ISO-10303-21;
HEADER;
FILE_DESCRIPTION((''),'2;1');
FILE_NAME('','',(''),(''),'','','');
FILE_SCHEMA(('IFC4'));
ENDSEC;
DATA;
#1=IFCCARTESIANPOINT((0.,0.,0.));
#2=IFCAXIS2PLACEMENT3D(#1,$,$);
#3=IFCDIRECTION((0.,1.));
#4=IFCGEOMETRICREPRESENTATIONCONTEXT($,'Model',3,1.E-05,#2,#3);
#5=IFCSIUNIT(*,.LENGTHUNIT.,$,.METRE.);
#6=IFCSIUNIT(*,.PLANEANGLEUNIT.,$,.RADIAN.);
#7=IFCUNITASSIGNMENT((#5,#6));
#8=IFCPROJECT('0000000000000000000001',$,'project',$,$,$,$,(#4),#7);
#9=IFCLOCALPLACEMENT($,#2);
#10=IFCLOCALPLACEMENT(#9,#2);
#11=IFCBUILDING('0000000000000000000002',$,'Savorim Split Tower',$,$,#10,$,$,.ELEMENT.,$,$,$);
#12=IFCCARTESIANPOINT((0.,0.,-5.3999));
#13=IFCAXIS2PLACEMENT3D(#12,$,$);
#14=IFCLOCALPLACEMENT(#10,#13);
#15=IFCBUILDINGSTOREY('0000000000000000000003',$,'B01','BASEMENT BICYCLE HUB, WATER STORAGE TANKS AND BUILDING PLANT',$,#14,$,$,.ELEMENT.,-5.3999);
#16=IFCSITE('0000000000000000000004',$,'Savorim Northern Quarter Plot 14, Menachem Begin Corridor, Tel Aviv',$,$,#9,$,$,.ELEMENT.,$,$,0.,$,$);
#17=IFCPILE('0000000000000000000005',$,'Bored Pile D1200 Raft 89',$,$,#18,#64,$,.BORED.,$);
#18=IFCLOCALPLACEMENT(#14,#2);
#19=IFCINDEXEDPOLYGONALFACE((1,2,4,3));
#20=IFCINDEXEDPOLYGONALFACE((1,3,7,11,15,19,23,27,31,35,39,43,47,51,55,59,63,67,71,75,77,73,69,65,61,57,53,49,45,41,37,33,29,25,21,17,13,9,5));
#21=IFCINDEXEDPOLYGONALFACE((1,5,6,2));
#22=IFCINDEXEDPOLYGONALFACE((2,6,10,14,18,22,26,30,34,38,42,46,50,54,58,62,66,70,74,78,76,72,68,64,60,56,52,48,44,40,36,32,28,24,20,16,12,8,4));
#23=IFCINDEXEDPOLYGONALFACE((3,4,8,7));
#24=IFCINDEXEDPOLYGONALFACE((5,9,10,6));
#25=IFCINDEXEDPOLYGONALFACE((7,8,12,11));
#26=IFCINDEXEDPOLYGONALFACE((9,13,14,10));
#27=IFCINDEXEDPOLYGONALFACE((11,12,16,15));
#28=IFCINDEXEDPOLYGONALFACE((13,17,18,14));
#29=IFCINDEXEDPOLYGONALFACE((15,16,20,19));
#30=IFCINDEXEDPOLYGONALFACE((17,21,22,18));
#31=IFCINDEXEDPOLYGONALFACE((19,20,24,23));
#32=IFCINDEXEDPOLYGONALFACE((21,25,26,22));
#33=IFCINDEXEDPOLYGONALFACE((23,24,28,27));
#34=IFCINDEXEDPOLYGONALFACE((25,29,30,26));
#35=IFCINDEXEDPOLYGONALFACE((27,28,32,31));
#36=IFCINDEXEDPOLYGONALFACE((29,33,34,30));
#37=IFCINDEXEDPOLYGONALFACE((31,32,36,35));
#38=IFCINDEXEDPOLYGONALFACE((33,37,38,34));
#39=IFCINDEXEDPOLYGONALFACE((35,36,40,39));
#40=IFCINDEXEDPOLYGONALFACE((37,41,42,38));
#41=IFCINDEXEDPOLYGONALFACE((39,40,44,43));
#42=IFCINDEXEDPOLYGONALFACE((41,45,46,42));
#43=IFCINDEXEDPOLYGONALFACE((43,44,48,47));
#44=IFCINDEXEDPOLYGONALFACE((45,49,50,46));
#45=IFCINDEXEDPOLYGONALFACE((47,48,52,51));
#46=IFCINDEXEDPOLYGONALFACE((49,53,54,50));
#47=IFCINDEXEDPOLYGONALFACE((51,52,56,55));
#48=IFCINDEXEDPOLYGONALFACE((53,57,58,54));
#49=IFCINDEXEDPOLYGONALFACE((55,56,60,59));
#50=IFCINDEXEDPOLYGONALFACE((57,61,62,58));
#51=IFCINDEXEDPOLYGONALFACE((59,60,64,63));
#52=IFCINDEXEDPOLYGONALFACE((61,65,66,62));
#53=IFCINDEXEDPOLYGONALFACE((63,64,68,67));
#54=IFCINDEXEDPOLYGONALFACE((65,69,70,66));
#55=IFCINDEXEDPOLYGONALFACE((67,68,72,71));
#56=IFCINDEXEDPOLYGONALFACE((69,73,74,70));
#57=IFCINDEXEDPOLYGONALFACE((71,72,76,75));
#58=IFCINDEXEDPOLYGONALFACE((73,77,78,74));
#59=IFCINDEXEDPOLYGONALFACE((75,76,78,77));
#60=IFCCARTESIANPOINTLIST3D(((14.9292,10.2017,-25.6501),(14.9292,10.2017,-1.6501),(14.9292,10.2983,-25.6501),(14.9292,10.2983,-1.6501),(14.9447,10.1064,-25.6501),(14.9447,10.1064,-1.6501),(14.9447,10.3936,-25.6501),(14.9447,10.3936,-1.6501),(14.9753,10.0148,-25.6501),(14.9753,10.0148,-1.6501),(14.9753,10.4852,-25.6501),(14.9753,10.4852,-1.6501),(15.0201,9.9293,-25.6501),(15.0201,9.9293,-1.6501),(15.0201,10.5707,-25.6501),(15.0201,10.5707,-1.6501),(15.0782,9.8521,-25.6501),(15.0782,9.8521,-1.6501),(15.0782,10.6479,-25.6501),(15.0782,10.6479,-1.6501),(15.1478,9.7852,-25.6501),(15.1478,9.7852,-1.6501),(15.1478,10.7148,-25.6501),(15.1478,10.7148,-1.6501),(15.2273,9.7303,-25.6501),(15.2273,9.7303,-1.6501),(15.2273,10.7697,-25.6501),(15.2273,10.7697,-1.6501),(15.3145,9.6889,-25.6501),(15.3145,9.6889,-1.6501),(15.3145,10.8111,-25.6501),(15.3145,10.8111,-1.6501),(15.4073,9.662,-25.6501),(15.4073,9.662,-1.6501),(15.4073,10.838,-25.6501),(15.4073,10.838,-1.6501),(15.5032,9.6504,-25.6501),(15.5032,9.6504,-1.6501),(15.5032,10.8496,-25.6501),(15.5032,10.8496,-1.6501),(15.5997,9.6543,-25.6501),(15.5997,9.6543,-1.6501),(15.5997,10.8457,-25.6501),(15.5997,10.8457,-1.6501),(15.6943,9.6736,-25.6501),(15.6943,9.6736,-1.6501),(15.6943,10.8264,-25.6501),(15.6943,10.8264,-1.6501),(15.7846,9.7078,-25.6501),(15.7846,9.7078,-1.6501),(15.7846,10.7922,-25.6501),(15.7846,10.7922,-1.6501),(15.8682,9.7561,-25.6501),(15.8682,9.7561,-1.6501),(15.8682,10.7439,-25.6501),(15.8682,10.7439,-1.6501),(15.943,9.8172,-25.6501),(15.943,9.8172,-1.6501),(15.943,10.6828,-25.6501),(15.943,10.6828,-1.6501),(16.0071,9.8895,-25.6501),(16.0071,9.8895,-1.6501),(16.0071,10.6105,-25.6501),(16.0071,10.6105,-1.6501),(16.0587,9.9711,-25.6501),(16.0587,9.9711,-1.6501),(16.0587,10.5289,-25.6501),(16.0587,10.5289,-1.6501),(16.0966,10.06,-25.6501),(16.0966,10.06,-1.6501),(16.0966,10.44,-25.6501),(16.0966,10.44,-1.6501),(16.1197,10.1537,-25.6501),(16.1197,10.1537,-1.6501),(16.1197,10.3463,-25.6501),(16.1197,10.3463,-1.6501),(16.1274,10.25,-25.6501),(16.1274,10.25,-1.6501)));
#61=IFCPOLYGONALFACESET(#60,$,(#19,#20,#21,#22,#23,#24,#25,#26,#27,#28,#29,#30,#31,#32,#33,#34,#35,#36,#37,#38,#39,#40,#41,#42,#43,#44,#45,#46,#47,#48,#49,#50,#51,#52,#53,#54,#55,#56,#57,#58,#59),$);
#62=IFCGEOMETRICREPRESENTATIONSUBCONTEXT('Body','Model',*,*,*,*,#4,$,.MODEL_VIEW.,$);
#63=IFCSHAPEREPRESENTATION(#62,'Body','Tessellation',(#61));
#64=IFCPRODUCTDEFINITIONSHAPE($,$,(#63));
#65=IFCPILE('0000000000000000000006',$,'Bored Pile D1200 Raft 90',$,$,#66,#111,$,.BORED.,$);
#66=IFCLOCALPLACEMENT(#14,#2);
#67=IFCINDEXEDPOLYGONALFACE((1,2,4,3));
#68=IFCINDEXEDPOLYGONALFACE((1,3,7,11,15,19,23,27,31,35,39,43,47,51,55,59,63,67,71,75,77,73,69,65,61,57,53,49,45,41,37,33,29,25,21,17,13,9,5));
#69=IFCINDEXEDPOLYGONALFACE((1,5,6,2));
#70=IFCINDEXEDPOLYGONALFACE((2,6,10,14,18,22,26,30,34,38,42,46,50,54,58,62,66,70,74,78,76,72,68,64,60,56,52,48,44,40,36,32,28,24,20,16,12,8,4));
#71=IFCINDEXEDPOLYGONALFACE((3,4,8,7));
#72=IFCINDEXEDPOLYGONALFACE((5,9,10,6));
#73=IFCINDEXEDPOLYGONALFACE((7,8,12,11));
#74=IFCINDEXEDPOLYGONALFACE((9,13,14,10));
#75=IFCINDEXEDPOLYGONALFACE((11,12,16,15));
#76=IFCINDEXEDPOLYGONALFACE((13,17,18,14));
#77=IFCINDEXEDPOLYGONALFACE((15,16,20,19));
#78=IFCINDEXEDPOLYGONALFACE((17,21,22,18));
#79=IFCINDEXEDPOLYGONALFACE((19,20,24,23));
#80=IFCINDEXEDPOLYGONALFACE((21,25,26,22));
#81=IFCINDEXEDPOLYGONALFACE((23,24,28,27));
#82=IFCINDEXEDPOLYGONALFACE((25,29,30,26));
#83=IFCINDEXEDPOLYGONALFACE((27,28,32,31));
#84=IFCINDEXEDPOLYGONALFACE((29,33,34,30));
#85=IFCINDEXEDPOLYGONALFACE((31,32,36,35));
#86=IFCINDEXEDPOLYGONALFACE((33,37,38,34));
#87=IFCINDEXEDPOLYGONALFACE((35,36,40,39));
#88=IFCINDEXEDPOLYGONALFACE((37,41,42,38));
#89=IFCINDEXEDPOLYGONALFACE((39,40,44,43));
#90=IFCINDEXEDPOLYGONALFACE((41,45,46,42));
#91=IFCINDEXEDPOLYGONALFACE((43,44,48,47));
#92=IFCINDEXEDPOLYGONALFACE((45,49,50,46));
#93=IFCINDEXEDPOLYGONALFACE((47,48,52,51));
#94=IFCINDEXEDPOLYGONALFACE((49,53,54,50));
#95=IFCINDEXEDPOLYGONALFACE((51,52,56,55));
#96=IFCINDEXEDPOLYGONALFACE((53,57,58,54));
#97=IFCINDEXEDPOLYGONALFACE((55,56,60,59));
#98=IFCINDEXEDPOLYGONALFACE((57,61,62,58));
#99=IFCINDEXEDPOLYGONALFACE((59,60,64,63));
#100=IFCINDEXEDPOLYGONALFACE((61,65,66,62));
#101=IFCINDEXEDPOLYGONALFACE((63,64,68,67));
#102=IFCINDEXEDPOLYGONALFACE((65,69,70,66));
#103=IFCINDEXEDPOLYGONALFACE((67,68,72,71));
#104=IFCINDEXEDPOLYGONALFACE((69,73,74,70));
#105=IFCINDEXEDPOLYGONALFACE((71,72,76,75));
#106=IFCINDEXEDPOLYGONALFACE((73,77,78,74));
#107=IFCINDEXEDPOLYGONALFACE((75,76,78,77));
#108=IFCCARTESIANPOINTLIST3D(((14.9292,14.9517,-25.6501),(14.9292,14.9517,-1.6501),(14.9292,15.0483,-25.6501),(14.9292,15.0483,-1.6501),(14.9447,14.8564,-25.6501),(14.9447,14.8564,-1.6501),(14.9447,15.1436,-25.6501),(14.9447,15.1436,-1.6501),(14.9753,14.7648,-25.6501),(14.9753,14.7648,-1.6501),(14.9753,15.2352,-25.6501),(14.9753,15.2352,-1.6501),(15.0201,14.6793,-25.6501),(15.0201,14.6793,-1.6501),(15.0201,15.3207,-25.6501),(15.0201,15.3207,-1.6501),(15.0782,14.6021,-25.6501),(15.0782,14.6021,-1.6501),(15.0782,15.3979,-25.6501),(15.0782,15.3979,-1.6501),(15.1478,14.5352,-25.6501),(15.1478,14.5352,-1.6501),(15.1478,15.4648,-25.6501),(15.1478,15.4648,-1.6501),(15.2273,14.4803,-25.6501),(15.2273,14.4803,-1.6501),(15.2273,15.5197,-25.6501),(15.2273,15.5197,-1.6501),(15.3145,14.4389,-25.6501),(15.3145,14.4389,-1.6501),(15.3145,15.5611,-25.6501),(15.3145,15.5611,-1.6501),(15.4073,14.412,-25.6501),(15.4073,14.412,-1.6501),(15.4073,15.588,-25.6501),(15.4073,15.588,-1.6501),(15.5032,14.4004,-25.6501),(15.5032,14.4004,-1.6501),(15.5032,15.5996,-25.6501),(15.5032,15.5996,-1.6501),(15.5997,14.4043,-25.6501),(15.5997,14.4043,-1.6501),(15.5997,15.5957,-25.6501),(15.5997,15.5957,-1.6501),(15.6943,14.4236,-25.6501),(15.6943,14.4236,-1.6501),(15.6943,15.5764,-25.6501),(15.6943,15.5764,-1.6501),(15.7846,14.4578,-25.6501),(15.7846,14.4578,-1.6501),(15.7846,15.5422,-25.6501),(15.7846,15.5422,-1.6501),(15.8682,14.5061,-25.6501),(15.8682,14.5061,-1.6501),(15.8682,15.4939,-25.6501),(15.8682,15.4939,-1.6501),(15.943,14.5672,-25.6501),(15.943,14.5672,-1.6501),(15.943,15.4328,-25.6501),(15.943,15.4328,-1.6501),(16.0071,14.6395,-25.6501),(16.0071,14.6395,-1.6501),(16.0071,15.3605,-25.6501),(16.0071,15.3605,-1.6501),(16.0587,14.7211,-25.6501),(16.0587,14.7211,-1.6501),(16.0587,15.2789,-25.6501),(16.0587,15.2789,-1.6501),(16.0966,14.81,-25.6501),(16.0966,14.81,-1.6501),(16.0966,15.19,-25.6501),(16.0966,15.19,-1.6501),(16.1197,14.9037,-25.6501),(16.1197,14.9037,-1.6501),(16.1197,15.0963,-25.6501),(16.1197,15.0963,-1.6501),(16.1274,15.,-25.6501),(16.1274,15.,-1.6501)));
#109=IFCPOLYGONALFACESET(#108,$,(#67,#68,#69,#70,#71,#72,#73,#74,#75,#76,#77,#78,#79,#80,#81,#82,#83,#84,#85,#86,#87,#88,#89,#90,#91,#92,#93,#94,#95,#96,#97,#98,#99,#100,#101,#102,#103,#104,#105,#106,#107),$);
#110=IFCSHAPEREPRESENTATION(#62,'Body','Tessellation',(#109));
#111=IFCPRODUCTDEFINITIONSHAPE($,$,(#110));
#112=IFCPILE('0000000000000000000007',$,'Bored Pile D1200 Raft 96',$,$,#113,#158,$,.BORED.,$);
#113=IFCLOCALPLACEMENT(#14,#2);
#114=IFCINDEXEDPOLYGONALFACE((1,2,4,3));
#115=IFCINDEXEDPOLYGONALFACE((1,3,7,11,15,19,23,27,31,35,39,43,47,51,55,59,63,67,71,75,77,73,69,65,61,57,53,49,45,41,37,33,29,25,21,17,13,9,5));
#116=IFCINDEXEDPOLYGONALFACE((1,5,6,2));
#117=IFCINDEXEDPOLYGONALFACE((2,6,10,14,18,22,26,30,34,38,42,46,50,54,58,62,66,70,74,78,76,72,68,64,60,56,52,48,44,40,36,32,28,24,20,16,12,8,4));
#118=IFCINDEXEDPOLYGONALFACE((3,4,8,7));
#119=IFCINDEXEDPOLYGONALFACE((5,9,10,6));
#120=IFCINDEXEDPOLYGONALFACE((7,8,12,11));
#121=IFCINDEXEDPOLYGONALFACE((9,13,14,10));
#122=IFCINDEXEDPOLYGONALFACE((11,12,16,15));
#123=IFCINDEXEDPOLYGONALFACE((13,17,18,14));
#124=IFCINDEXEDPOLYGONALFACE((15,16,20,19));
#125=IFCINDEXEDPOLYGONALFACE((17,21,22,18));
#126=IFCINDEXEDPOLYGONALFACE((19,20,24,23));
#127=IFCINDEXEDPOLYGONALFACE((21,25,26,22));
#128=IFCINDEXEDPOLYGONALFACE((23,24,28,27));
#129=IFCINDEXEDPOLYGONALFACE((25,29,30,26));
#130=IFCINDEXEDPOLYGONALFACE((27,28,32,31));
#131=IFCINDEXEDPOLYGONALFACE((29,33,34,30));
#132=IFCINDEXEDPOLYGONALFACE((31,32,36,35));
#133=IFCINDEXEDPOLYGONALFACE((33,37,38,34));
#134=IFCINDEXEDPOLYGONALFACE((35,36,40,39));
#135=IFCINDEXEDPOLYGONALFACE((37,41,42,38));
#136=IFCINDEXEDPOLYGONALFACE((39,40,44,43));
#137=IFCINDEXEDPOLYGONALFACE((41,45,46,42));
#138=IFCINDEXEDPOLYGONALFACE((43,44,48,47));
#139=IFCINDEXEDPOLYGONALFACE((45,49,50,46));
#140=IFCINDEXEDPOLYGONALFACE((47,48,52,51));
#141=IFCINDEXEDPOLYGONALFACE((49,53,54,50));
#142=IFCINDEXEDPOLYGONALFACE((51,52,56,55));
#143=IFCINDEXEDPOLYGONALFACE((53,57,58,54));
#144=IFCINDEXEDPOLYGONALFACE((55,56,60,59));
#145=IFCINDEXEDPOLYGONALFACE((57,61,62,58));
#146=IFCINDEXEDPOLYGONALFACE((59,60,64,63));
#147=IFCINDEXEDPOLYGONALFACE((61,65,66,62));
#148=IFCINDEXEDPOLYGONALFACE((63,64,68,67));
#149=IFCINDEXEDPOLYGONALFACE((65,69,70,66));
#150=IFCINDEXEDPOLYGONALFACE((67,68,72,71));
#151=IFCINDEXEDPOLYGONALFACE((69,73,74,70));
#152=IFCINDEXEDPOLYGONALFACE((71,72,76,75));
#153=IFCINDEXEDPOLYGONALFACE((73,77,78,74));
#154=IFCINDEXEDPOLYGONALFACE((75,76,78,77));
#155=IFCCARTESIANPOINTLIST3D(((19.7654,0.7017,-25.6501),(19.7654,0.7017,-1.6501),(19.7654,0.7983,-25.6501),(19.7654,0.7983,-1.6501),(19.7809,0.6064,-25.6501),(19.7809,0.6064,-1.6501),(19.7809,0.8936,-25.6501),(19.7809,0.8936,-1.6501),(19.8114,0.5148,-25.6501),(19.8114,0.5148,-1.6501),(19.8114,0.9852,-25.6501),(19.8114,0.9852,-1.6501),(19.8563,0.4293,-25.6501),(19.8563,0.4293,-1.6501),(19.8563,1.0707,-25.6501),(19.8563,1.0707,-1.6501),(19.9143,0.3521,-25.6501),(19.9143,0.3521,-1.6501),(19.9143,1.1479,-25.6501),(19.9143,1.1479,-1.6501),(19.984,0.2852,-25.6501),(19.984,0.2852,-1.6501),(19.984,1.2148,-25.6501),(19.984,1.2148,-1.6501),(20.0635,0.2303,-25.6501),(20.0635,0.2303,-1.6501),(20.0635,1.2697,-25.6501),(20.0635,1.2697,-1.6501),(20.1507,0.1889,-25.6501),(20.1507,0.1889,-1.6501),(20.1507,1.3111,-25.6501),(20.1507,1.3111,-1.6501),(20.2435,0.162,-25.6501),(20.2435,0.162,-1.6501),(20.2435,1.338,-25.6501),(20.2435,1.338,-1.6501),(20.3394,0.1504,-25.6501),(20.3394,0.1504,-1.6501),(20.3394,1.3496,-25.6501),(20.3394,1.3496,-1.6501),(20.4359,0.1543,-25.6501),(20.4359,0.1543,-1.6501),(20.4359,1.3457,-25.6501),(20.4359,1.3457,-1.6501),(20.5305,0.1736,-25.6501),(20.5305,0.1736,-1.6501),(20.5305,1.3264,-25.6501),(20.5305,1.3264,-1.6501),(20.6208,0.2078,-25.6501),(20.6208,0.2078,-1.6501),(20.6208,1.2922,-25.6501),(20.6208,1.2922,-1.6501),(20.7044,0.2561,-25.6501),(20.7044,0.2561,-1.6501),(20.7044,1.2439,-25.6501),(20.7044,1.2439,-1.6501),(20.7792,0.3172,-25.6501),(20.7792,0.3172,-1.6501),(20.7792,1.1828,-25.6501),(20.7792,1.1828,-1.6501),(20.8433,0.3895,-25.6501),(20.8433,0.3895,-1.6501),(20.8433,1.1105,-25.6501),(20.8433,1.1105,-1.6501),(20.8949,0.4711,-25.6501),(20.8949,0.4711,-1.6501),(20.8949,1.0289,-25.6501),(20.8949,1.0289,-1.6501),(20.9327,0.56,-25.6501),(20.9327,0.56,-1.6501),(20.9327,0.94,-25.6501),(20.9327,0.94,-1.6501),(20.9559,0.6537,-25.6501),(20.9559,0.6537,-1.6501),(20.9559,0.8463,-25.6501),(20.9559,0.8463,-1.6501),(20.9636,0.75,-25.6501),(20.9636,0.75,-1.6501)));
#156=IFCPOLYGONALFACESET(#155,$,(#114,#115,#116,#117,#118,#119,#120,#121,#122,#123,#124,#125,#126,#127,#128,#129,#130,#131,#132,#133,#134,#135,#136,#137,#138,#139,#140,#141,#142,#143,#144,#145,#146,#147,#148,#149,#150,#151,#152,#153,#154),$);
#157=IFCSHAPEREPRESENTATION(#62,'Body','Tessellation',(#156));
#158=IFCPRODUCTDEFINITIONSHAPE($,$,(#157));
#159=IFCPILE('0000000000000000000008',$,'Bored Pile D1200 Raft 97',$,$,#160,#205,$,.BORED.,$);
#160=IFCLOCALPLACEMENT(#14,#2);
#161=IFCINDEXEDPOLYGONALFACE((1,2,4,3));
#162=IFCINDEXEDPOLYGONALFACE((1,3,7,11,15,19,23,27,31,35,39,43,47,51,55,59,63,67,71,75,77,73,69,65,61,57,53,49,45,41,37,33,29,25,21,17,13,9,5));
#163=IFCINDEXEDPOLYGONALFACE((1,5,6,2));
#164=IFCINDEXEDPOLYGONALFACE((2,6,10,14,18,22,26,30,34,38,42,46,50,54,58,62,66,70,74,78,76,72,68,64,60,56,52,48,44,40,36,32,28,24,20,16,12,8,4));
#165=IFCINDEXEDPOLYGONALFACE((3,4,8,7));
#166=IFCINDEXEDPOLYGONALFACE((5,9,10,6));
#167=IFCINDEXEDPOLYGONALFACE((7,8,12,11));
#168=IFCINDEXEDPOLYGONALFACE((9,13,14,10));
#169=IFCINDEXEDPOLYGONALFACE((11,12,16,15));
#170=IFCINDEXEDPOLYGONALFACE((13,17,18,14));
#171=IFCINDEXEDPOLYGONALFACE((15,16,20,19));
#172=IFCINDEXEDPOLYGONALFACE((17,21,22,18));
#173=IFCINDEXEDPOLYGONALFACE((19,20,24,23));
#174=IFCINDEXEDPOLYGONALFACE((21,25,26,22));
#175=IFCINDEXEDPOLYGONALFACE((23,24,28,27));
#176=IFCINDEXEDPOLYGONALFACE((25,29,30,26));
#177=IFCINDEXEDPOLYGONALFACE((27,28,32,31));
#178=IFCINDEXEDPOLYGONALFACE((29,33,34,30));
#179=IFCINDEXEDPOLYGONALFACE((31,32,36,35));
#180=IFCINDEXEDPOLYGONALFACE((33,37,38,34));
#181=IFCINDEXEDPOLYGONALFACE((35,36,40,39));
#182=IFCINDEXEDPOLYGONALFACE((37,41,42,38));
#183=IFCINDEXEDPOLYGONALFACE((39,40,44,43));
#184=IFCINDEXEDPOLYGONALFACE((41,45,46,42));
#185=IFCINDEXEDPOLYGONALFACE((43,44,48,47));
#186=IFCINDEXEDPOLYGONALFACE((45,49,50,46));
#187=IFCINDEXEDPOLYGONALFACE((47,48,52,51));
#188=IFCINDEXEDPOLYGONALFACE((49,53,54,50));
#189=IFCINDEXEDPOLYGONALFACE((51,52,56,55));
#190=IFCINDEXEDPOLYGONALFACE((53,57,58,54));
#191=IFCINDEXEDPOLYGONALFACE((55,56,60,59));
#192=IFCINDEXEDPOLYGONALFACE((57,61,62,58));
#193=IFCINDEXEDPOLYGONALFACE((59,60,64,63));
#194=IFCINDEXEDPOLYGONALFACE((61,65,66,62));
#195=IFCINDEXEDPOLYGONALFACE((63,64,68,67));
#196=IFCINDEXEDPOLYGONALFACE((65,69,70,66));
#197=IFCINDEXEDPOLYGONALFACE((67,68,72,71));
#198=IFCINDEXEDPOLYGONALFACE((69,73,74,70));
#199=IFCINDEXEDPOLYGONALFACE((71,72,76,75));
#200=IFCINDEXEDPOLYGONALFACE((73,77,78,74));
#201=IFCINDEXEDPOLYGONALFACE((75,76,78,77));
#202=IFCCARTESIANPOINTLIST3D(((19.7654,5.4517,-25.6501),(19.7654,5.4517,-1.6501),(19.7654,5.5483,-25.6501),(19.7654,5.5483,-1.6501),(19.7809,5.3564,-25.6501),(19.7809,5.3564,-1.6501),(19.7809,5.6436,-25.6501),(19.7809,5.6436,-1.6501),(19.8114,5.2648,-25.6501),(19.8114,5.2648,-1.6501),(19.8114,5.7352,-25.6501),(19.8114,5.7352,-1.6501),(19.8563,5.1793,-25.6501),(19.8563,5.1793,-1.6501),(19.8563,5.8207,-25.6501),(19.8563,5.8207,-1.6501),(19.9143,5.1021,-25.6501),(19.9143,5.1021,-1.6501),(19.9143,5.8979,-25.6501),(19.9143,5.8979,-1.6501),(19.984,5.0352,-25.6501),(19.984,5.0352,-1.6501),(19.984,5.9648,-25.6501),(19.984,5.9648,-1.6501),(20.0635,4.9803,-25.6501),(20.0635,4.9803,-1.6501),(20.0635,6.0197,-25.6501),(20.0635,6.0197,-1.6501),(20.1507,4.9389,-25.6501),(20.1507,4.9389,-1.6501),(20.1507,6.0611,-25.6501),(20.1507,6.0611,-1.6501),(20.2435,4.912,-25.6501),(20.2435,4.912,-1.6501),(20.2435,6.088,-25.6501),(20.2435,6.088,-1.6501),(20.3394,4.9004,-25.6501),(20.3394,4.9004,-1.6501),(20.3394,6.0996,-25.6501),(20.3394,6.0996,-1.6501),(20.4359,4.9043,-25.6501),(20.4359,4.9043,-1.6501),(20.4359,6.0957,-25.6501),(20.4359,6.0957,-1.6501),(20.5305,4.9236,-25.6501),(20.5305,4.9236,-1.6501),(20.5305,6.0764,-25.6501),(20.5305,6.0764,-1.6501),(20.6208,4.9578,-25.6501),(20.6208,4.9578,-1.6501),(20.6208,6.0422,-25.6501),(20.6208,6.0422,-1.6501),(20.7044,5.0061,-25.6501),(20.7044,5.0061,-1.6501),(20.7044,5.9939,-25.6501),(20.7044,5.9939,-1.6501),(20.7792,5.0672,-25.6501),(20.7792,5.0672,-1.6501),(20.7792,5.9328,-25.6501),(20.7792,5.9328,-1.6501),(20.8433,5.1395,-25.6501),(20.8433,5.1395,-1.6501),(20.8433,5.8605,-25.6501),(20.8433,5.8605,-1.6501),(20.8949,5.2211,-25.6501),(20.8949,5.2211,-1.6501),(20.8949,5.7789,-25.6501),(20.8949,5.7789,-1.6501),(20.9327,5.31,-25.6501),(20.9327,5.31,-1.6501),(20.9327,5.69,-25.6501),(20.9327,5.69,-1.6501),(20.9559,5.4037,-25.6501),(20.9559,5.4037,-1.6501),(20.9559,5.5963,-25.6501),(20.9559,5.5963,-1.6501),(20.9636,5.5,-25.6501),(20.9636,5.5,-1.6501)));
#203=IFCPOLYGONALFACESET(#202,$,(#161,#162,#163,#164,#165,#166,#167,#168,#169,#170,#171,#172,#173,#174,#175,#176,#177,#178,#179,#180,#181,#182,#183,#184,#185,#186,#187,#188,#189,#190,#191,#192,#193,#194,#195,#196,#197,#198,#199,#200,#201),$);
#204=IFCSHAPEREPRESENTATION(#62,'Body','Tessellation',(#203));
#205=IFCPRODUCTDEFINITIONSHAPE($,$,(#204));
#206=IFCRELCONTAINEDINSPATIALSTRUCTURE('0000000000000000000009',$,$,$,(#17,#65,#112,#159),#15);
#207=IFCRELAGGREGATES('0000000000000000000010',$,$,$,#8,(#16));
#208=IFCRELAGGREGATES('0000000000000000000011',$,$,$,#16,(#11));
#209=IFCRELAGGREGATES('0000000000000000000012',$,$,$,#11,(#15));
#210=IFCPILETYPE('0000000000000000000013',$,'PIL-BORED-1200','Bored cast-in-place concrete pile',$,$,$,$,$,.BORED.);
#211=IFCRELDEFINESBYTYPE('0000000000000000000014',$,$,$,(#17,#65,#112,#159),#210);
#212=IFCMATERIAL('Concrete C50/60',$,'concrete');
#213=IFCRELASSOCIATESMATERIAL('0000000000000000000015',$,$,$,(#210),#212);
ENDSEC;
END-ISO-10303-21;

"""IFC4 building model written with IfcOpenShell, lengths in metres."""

from ifc_helpers import new_model, si_unit, direction, frame, origin, origin_2d, place, context, subcontext, project, spatial, circle, extrude, material, material_profile, profile_set, type_object, element, save


model = new_model("IFC4")

# Units and contexts
model_context = context("Model", 3, precision=1e-05, world=origin(), true_north=direction((0.0, 1.0)))
body_context = subcontext(model_context, "Body", "Model", "MODEL_VIEW")
ifc_project = project(units=[si_unit("LENGTHUNIT", "METRE"), si_unit("PLANEANGLEUNIT", "RADIAN")], contexts=[model_context])

# Site, building, storey
site_placement = place(None, origin())
site = spatial("IfcSite", under=ifc_project, at=site_placement, Name="Savorim Northern Quarter Plot 14, Menachem Begin Corridor, Tel Aviv", CompositionType="ELEMENT", RefElevation=0.0)
building_placement = place(site_placement, origin())
building = spatial("IfcBuilding", under=site, at=building_placement, Name="Savorim Split Tower", CompositionType="ELEMENT")
storey_placement = place(building_placement, frame((0.0, 0.0, -5.3999)))
storey = spatial("IfcBuildingStorey", under=building, at=storey_placement, Name="B01", Description="BASEMENT BICYCLE HUB, WATER STORAGE TANKS AND BUILDING PLANT", CompositionType="ELEMENT", Elevation=-5.3999)

# Shared definitions
ifc_material_1 = material(Name="Concrete C50/60", Category="concrete")

# Piles
ifc_material_profile_1 = material_profile(ifc_material_1, circle(Radius=0.6001, at=origin_2d()), Name="PILE D1200")
ifc_profile_set_1 = profile_set([ifc_material_profile_1], Name="Concrete C50/60")
pile_type = type_object("IfcPileType", Name="PIL-BORED-1200", Description="Bored cast-in-place concrete pile", PredefinedType="BORED", material=ifc_profile_set_1)
for number, where, z_axis, x_axis, name in (
    (1, (15.5273, 10.25, -1.6501), (0.0, 0.0, -1.0), (1.0, 0.0, 0.0), "Bored Pile D1200 Raft 89"),
    (2, (15.5273, 15.0, -1.6501), (0.0, 0.0, -1.0), (1.0, 0.0, 0.0), "Bored Pile D1200 Raft 90"),
    (3, (20.3635, 0.75, -1.6501), (0.0, 0.0, -1.0), (1.0, 0.0, 0.0), "Bored Pile D1200 Raft 96"),
    (4, (20.3635, 5.5, -1.6501), (0.0, 0.0, -1.0), (1.0, 0.0, 0.0), "Bored Pile D1200 Raft 97"),
):
    element("IfcPile", number, at=place(storey_placement, frame(where, z_axis=z_axis, x_axis=x_axis)), inside=storey, type_object=pile_type, Name=name, PredefinedType="BORED", context=body_context, shape_type="SweptSolid", body=[
        extrude(circle(Radius=0.6001, at=origin_2d()), origin(), (0.0, 0.0, 1.0), 24.0),
    ])

save(model, "model.ifc")
